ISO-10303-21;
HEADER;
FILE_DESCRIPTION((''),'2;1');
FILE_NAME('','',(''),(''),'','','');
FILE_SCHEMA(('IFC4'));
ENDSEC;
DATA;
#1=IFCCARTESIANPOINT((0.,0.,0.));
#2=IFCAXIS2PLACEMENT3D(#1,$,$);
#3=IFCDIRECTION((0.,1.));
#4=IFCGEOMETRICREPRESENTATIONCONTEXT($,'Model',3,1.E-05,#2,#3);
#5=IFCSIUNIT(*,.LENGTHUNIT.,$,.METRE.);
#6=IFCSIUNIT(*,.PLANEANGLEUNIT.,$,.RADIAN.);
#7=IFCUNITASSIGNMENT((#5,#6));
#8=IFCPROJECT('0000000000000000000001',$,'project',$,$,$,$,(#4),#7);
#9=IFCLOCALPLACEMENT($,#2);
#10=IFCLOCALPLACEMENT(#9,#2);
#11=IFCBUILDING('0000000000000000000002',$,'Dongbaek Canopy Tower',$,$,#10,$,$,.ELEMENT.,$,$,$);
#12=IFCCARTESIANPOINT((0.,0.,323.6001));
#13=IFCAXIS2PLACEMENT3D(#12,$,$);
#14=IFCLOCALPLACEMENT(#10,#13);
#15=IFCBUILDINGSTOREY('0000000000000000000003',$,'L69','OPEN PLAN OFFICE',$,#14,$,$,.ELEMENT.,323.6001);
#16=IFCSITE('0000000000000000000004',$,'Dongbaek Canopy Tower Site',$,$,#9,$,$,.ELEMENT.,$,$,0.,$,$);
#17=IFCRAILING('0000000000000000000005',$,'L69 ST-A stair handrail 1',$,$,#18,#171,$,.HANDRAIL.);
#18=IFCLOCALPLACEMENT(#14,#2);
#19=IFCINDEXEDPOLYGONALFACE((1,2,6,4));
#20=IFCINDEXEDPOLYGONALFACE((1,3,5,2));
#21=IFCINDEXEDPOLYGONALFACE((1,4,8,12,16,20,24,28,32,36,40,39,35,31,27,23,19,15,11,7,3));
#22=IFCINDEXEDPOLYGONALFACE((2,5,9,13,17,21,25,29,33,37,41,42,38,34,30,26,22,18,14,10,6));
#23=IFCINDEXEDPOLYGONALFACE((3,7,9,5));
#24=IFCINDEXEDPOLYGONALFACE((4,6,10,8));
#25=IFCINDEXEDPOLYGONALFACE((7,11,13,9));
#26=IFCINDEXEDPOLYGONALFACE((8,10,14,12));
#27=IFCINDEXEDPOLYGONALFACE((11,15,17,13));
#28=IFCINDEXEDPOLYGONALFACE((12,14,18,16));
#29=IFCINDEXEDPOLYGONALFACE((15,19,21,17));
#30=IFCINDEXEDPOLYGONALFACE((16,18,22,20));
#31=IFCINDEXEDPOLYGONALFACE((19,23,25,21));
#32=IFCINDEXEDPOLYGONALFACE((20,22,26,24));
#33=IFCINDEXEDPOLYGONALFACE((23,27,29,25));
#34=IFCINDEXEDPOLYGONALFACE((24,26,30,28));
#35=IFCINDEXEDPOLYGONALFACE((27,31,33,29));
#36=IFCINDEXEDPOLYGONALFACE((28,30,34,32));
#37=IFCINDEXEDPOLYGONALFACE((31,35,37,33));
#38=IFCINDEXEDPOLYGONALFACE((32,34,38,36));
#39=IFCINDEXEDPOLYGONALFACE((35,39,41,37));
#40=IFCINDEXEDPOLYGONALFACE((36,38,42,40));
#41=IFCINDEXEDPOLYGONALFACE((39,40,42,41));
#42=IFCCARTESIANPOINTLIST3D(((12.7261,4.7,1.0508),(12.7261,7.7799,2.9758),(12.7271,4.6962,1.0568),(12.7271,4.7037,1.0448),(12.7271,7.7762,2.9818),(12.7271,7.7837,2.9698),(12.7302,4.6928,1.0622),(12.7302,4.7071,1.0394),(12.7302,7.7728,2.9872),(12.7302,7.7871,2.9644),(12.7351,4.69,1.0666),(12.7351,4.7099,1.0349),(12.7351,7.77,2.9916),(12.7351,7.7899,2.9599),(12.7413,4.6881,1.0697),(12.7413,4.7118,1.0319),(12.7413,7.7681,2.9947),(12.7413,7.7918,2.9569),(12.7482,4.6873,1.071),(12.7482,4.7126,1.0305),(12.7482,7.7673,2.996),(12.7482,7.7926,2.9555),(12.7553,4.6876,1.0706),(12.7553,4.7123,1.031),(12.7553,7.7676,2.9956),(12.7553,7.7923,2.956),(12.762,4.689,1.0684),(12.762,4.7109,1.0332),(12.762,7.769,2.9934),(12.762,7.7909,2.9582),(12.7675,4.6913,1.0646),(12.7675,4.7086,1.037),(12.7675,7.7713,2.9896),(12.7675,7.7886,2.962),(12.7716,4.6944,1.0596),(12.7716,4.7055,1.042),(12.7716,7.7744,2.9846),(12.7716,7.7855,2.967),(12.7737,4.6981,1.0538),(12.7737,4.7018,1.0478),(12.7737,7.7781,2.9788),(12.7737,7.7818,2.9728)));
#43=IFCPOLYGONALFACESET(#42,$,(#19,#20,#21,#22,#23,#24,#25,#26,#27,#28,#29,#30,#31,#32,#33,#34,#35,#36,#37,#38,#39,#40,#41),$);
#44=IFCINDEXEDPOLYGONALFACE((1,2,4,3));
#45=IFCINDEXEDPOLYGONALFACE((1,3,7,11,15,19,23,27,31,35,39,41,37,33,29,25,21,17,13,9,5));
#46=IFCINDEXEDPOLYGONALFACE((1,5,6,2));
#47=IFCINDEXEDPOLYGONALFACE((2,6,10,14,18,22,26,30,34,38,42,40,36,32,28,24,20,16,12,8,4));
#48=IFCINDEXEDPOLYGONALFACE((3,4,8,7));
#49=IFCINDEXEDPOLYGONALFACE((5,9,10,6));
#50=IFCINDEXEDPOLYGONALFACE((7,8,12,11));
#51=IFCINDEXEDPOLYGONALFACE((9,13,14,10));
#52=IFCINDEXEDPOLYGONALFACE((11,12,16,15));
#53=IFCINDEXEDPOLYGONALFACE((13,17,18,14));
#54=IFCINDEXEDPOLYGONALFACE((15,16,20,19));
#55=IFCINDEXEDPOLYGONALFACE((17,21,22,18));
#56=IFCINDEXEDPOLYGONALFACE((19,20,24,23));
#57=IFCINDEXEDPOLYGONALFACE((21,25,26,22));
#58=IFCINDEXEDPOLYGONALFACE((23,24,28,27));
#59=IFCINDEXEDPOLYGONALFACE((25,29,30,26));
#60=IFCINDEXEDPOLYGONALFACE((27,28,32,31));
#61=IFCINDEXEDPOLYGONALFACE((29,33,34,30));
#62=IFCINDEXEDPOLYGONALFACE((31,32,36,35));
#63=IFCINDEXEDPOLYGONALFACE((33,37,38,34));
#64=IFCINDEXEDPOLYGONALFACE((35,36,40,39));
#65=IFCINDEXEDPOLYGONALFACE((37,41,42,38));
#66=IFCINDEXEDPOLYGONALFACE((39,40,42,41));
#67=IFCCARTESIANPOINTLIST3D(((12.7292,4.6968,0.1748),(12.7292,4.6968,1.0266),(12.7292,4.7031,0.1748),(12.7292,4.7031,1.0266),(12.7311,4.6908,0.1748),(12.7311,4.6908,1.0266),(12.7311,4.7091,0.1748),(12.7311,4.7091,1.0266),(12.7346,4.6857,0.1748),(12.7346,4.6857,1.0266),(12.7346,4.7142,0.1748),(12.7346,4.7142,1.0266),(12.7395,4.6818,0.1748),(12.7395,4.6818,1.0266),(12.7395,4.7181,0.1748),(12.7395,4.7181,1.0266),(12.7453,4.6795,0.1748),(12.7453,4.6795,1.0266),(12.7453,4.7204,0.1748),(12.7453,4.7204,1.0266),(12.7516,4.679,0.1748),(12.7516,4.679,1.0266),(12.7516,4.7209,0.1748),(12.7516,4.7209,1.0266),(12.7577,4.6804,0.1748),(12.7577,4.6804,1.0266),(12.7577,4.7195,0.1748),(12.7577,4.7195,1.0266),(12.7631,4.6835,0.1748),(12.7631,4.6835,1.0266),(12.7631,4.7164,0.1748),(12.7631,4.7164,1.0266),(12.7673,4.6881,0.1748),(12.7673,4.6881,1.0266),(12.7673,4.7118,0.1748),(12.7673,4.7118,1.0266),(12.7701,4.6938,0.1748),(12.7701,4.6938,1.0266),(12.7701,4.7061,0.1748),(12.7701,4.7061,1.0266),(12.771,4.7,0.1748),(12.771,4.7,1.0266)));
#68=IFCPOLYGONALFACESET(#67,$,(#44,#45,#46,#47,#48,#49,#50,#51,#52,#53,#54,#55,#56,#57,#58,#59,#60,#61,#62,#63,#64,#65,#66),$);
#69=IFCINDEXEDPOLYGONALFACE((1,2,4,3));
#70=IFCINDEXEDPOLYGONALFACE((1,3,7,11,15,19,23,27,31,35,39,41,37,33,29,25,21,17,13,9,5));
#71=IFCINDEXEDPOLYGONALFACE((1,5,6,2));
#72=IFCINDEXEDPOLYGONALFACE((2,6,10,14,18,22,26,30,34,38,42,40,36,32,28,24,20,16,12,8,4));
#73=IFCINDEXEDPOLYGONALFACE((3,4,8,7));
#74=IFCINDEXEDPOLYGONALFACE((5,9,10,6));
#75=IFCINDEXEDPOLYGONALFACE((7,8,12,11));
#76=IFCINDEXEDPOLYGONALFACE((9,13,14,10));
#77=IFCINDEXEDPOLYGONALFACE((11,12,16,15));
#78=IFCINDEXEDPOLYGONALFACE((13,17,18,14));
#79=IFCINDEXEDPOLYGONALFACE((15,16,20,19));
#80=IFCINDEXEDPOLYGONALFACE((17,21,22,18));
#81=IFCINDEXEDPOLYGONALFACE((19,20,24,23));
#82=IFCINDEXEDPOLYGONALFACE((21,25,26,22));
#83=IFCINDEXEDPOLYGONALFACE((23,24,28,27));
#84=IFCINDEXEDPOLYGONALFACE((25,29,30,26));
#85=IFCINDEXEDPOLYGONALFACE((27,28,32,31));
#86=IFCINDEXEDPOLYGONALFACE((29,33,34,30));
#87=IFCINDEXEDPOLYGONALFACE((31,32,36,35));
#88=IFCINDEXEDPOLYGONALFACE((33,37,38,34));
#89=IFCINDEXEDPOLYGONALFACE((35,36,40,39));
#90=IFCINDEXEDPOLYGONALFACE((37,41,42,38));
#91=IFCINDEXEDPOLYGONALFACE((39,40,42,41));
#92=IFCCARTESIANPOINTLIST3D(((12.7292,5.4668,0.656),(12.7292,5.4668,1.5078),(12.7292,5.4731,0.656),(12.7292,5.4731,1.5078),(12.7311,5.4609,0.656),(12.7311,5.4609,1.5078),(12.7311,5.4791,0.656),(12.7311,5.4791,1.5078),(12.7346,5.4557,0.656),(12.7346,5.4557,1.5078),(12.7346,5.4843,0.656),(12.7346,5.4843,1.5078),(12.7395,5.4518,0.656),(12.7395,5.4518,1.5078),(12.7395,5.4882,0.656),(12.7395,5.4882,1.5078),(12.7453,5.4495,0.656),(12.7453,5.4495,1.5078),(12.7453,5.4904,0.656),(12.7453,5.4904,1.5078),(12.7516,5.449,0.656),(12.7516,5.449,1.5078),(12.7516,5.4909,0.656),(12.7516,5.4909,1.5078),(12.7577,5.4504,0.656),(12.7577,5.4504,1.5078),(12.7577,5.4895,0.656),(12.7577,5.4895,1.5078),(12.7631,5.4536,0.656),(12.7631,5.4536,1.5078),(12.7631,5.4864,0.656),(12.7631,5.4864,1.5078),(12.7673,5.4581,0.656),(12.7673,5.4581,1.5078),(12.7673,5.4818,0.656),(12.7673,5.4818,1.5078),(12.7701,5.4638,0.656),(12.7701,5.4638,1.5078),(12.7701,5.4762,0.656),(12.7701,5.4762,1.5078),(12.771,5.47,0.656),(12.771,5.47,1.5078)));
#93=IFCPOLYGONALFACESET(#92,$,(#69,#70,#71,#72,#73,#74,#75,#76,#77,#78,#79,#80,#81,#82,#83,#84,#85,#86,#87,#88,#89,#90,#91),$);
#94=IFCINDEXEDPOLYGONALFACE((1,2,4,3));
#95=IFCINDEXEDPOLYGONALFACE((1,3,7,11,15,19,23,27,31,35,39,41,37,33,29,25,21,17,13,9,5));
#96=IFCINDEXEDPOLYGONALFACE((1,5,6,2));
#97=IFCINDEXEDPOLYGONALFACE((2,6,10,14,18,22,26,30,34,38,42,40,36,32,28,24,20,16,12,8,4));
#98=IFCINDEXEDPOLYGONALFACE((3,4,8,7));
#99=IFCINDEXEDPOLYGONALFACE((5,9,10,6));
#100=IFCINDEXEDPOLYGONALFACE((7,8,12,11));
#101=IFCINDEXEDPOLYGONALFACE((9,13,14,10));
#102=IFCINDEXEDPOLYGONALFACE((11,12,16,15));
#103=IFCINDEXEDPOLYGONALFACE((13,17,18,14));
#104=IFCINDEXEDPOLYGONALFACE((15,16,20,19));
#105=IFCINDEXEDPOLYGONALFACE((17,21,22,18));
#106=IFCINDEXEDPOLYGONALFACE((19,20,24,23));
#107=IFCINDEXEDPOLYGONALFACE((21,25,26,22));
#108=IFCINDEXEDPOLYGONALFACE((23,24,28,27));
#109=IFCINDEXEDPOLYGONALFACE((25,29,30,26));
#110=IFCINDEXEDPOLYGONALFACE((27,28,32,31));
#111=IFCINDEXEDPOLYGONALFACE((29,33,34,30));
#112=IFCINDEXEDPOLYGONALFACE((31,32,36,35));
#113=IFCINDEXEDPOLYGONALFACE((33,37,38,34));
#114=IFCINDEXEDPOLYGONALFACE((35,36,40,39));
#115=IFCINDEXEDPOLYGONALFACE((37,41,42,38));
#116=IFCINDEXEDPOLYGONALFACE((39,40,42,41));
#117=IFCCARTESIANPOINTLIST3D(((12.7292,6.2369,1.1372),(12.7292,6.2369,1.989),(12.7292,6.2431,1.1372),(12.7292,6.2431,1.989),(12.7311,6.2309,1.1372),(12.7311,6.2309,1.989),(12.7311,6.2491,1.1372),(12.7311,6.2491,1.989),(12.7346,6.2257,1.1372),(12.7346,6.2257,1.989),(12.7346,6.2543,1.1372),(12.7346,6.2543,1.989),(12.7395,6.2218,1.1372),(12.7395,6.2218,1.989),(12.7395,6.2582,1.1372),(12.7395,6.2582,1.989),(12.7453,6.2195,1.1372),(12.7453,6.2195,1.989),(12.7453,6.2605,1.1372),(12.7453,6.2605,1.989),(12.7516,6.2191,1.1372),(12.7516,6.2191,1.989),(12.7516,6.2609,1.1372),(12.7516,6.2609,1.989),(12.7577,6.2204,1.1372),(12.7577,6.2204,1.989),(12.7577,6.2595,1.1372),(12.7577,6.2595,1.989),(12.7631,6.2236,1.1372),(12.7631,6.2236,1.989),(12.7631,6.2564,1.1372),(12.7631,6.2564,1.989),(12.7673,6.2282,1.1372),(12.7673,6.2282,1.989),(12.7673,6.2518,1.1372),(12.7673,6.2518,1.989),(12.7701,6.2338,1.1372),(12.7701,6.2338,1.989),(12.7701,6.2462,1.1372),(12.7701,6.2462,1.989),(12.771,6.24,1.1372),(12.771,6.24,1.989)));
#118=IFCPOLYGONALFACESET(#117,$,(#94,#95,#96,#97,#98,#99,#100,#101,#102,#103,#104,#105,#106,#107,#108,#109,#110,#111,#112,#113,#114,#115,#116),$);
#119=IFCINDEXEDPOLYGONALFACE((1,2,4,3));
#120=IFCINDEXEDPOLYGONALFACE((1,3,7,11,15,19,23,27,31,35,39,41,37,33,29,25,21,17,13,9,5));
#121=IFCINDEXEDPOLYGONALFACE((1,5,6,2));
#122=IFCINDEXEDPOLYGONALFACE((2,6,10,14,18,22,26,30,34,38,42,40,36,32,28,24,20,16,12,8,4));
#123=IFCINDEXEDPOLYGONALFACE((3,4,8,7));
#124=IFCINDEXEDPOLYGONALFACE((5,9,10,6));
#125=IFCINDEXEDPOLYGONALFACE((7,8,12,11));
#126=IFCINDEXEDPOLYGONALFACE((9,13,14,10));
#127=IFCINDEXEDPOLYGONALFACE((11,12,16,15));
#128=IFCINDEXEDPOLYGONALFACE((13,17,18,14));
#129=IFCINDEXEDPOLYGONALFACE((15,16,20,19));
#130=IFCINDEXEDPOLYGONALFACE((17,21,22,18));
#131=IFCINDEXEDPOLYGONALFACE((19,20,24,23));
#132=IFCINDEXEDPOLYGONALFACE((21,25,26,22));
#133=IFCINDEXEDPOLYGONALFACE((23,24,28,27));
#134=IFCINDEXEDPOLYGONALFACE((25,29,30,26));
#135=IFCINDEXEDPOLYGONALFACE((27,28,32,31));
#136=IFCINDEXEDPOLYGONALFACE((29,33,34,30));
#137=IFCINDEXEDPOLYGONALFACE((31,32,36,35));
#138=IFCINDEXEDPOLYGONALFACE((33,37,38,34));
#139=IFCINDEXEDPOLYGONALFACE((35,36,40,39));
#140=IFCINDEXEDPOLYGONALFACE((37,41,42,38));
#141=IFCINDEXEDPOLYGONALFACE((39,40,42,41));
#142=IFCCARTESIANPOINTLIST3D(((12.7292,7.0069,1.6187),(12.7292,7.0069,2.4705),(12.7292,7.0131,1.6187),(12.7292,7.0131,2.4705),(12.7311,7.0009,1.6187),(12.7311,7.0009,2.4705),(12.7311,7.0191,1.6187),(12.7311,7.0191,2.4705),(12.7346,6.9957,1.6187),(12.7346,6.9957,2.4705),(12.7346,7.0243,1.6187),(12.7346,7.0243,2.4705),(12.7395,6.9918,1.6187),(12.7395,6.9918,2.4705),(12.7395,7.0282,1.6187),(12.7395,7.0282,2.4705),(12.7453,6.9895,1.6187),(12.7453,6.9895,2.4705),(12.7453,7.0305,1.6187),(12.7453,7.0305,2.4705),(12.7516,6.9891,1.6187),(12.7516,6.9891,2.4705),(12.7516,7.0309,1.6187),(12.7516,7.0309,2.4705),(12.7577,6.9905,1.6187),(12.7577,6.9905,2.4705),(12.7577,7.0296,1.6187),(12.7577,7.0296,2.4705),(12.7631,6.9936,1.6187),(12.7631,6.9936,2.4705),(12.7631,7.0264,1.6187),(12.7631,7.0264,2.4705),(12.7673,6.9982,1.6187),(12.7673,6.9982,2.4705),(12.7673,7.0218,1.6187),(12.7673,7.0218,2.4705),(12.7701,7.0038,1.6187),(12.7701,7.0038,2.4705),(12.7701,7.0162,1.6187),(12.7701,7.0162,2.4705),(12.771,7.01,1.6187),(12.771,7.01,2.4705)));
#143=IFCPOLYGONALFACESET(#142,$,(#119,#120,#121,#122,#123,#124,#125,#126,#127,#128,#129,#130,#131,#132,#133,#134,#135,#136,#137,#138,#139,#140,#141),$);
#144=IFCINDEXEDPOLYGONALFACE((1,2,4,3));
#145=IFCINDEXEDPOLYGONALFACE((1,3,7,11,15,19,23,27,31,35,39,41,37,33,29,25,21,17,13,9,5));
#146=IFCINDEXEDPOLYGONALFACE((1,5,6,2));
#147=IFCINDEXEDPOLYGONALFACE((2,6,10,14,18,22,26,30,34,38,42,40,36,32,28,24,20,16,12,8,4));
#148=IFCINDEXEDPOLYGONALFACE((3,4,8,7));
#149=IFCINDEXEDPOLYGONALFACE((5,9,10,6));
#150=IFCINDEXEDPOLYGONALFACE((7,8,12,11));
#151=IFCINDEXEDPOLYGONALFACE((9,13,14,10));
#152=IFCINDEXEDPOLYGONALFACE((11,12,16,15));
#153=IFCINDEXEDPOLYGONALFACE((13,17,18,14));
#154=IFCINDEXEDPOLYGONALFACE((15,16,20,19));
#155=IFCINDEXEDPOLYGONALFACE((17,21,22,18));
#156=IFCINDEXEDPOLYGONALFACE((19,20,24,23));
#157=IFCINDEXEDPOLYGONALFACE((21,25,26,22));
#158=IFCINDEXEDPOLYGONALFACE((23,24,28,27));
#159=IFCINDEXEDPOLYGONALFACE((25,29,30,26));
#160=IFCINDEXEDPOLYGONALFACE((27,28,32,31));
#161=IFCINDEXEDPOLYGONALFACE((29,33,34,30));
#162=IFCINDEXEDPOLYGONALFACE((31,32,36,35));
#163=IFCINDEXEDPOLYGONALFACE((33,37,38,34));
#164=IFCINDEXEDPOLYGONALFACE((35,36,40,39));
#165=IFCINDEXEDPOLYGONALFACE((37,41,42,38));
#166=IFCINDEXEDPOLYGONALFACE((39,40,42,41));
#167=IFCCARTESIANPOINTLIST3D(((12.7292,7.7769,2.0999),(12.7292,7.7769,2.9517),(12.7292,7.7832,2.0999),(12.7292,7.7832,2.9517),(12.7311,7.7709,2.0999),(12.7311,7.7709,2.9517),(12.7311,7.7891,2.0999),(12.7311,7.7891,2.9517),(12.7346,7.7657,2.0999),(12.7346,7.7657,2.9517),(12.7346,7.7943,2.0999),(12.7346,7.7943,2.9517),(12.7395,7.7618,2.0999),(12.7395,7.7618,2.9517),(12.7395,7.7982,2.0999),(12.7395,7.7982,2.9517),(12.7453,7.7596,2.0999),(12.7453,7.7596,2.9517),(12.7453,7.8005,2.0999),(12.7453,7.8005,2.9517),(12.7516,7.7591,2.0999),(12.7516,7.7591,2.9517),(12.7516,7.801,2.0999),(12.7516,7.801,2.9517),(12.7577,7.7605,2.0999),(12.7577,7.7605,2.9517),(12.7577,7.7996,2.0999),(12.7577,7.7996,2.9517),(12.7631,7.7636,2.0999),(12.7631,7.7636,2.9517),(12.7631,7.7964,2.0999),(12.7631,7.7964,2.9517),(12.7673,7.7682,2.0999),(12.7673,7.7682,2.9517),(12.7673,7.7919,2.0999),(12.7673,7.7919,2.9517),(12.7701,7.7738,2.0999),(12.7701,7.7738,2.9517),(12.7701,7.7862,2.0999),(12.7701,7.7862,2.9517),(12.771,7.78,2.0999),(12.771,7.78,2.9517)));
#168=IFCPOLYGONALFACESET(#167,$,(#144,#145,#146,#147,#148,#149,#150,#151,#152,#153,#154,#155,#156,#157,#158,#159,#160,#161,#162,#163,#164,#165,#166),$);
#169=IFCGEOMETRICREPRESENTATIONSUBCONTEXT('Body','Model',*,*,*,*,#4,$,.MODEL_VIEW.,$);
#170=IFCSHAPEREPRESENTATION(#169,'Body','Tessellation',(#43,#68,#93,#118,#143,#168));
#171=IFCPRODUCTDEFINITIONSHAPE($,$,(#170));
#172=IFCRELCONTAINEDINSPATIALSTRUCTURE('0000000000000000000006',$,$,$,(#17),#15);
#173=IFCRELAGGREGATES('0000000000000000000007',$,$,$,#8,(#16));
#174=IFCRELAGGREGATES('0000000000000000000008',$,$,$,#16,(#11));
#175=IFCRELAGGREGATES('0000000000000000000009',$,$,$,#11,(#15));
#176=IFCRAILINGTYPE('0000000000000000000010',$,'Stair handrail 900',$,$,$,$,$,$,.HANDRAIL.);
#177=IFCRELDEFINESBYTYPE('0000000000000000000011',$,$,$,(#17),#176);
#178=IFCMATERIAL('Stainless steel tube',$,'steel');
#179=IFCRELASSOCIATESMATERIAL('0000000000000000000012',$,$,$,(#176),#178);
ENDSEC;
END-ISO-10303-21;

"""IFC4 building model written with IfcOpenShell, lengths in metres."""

from ifc_helpers import new_model, si_unit, direction, frame, origin, origin_2d, place, context, subcontext, project, spatial, circle, extrude, material, type_object, element, save


model = new_model("IFC4")

# Units and contexts
model_context = context("Model", 3, precision=1e-05, world=origin(), true_north=direction((0.0, 1.0)))
body_context = subcontext(model_context, "Body", "Model", "MODEL_VIEW")
ifc_project = project(units=[si_unit("LENGTHUNIT", "METRE"), si_unit("PLANEANGLEUNIT", "RADIAN")], contexts=[model_context])

# Site, building, storey
site_placement = place(None, origin())
site = spatial("IfcSite", under=ifc_project, at=site_placement, Name="Dongbaek Canopy Tower Site", CompositionType="ELEMENT", RefElevation=0.0)
building_placement = place(site_placement, origin())
building = spatial("IfcBuilding", under=site, at=building_placement, Name="Dongbaek Canopy Tower", CompositionType="ELEMENT")
storey_placement = place(building_placement, frame((0.0, 0.0, 323.6001)))
storey = spatial("IfcBuildingStorey", under=building, at=storey_placement, Name="L69", Description="OPEN PLAN OFFICE", CompositionType="ELEMENT", Elevation=323.6001)

# Railing
ifc_material_1 = material(Name="Stainless steel tube", Category="steel")
railing_type_1 = type_object("IfcRailingType", Name="Stair handrail 900", PredefinedType="HANDRAIL", material=ifc_material_1)
railing_1_placement = place(storey_placement, frame((12.75, 4.7, 0.1748)))
element("IfcRailing", 1, at=railing_1_placement, inside=storey, type_object=railing_type_1, Name="L69 ST-A stair handrail 1", PredefinedType="HANDRAIL", context=body_context, shape_type="SweptSolid", body=[
    extrude(circle(Radius=0.0239, at=origin_2d()), frame((0.0, 0.0, 0.876), z_axis=(0.0, 0.847998, 0.529999), x_axis=(-1.0, 0.0, 0.0)), (0.0, 0.0, 1.0), 3.6321),
    extrude(circle(Radius=0.021, at=origin_2d()), origin(), (0.0, 0.0, 1.0), 0.8518),
    extrude(circle(Radius=0.021, at=origin_2d()), frame((0.0, 0.77, 0.4812)), (0.0, 0.0, 1.0), 0.8518),
    extrude(circle(Radius=0.021, at=origin_2d()), frame((0.0, 1.54, 0.9624)), (0.0, 0.0, 1.0), 0.8518),
    extrude(circle(Radius=0.021, at=origin_2d()), frame((0.0, 2.3101, 1.4438)), (0.0, 0.0, 1.0), 0.8518),
    extrude(circle(Radius=0.021, at=origin_2d()), frame((0.0, 3.0801, 1.925)), (0.0, 0.0, 1.0), 0.8518),
])

save(model, "model.ifc")
